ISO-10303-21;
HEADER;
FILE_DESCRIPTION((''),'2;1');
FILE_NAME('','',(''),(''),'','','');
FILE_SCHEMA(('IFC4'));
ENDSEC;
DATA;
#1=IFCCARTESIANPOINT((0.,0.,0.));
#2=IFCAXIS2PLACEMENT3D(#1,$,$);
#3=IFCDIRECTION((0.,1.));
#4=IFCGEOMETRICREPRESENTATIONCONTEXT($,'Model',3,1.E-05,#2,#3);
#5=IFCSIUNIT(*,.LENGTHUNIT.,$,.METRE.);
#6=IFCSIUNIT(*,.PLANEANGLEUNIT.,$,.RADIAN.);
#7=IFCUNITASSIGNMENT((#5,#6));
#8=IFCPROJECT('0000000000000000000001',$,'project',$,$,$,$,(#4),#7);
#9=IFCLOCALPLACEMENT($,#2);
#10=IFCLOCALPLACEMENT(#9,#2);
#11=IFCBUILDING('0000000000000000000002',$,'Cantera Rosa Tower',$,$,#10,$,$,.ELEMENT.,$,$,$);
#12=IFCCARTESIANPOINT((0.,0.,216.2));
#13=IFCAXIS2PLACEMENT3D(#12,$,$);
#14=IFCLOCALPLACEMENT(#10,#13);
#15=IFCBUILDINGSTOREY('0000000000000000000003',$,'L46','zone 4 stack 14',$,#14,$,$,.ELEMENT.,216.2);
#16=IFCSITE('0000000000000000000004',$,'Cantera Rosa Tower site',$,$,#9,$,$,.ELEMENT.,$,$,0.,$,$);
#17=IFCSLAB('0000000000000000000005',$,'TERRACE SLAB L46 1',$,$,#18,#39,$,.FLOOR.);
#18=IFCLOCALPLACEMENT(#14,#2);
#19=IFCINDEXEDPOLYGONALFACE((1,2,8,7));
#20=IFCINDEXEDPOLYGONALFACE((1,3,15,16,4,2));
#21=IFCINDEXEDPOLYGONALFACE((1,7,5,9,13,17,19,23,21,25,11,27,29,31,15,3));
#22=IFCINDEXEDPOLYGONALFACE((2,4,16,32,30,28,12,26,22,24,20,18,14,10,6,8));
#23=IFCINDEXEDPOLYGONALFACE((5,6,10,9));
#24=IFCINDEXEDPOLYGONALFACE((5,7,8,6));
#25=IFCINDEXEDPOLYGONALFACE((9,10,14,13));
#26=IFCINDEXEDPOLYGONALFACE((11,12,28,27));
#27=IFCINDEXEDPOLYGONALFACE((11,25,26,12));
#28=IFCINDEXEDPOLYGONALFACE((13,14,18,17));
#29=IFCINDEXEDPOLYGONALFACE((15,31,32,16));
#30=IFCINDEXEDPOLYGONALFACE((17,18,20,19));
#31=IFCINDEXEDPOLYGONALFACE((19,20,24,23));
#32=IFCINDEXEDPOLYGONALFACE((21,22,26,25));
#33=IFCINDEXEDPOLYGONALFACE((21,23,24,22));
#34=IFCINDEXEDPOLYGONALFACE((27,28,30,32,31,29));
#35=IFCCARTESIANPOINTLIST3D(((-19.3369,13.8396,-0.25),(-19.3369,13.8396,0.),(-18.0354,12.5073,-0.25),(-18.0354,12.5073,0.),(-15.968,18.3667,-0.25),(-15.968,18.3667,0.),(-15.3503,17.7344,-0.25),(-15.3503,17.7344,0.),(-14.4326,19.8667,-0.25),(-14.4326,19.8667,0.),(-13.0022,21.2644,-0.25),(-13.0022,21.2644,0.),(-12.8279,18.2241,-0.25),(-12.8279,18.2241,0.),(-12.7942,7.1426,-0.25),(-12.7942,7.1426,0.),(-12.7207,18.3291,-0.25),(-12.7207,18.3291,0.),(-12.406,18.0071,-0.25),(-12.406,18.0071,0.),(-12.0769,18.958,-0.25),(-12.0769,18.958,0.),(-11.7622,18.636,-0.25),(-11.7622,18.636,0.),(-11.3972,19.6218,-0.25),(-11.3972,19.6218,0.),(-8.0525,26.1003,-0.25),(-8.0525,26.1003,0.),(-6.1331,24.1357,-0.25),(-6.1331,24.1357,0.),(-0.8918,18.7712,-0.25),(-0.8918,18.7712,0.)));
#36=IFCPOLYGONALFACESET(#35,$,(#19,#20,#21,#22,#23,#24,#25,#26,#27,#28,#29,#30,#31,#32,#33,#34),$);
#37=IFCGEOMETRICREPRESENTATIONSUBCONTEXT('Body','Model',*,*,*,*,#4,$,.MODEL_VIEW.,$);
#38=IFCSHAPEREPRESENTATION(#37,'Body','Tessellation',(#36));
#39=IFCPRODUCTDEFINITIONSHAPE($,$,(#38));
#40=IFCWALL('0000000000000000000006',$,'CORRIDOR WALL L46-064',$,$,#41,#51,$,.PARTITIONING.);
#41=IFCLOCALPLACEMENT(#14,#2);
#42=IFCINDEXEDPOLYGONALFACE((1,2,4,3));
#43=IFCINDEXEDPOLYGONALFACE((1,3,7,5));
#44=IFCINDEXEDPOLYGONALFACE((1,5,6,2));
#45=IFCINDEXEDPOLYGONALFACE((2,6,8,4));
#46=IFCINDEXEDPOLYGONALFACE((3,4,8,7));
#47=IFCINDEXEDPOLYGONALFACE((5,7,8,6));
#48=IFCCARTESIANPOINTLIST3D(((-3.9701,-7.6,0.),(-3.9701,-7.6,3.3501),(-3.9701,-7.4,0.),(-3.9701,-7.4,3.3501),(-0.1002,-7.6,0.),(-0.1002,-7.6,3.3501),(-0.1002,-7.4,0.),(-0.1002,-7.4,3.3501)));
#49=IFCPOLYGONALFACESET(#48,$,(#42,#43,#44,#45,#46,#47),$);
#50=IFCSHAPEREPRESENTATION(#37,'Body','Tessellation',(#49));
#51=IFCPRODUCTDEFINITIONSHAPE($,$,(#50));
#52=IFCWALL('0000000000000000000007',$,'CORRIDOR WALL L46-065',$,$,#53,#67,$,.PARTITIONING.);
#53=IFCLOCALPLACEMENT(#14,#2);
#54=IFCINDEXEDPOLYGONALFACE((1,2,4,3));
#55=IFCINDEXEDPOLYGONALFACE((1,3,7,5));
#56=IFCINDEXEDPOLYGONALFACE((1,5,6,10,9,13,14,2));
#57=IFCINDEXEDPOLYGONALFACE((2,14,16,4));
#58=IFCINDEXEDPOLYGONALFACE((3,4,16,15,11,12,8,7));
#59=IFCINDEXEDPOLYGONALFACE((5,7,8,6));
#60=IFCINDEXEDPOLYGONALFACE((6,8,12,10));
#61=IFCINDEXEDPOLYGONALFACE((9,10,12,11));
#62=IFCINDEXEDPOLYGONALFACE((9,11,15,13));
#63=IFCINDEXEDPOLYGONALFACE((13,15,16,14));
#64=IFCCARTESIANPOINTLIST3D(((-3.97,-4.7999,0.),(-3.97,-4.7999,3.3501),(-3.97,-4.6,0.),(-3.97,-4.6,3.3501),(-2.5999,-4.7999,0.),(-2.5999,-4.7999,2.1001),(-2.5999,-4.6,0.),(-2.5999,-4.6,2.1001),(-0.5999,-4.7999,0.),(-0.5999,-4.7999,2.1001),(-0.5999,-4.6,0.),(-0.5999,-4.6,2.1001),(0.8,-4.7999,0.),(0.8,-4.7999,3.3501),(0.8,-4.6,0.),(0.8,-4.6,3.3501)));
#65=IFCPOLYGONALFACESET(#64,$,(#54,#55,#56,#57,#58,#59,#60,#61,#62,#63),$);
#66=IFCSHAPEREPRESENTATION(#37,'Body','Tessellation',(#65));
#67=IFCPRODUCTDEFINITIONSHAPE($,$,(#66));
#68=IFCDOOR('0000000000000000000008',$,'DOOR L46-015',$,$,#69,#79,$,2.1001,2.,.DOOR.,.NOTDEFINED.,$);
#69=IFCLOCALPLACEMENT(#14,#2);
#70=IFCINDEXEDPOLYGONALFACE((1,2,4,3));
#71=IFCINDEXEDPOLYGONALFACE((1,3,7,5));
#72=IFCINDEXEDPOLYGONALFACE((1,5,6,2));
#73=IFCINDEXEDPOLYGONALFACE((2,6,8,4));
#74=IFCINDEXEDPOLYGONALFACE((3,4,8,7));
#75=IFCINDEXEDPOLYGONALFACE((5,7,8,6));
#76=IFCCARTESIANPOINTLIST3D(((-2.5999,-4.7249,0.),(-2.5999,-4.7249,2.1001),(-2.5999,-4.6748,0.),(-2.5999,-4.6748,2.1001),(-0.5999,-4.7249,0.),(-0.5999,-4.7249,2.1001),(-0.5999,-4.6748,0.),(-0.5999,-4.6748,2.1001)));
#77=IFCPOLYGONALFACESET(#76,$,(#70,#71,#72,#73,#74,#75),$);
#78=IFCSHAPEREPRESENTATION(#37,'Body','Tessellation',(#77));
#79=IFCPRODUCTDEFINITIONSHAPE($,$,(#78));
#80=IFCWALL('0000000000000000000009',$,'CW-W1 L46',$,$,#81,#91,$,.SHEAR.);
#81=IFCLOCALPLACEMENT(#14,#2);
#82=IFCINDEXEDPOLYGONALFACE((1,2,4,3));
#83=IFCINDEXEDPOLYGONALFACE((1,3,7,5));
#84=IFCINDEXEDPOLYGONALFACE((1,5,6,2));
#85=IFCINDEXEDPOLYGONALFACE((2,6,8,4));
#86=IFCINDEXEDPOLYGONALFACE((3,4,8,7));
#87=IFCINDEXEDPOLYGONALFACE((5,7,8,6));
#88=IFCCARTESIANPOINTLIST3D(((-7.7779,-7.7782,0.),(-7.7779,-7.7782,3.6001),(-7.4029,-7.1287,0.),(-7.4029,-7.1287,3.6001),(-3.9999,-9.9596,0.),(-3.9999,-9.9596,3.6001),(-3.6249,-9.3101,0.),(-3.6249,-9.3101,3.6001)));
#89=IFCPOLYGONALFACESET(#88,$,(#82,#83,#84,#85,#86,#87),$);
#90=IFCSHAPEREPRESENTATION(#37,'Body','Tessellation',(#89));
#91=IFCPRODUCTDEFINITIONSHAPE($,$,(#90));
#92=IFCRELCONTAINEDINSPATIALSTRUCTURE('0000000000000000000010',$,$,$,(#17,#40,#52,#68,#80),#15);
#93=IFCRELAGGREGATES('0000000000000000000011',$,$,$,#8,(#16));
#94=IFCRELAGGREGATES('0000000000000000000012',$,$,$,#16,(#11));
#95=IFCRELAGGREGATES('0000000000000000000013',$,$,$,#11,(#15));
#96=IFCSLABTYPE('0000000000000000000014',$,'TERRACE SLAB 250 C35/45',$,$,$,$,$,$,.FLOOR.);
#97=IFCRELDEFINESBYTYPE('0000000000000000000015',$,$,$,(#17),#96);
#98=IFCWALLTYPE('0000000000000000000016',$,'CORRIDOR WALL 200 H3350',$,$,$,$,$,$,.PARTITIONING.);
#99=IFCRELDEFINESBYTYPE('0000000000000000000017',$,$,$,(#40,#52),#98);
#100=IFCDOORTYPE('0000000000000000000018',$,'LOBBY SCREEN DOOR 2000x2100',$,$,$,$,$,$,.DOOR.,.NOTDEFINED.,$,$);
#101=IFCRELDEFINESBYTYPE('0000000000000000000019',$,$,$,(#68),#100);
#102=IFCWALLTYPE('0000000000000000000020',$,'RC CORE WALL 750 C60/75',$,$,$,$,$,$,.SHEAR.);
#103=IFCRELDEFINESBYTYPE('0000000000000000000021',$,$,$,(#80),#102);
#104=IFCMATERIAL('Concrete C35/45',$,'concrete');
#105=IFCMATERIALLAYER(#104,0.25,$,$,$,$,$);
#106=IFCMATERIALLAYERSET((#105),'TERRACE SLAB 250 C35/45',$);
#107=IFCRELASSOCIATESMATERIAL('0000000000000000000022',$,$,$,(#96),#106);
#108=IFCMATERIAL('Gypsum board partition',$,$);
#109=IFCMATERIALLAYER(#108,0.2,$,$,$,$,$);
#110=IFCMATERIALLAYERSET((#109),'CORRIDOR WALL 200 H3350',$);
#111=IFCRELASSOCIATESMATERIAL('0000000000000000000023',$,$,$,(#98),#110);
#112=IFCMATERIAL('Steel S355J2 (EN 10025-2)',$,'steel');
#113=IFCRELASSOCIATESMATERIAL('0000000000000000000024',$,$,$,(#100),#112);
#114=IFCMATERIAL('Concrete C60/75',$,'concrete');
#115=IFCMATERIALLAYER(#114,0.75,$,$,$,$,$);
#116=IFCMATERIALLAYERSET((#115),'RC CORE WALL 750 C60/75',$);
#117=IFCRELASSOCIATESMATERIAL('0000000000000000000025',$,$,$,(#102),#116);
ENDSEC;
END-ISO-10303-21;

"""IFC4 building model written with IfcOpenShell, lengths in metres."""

from ifc_helpers import new_model, si_unit, direction, frame, frame_2d, origin, place, context, subcontext, project, spatial, polyline, rectangle, outline, extrude, material, layer, layer_set, type_object, element, fill, save


model = new_model("IFC4")

# Units and contexts
model_context = context("Model", 3, precision=1e-05, world=origin(), true_north=direction((0.0, 1.0)))
body_context = subcontext(model_context, "Body", "Model", "MODEL_VIEW")
ifc_project = project(units=[si_unit("LENGTHUNIT", "METRE"), si_unit("PLANEANGLEUNIT", "RADIAN")], contexts=[model_context])

# Site, building, storey
site_placement = place(None, origin())
site = spatial("IfcSite", under=ifc_project, at=site_placement, Name="Cantera Rosa Tower site", CompositionType="ELEMENT", RefElevation=0.0)
building_placement = place(site_placement, origin())
building = spatial("IfcBuilding", under=site, at=building_placement, Name="Cantera Rosa Tower", CompositionType="ELEMENT")
storey_placement = place(building_placement, frame((0.0, 0.0, 216.2)))
storey = spatial("IfcBuildingStorey", under=building, at=storey_placement, Name="L46", Description="zone 4 stack 14", CompositionType="ELEMENT", Elevation=216.2)

# Slab
ifc_material_1 = material(Name="Concrete C35/45", Category="concrete")
ifc_layer_1 = layer(ifc_material_1, 0.25)
ifc_layer_set_1 = layer_set([ifc_layer_1], Name="TERRACE SLAB 250 C35/45")
slab_type_1 = type_object("IfcSlabType", Name="TERRACE SLAB 250 C35/45", PredefinedType="FLOOR", material=ifc_layer_set_1)
slab_1_placement = place(storey_placement, frame((0.0, 0.0, -0.25)))
element("IfcSlab", 1, at=slab_1_placement, inside=storey, type_object=slab_type_1, Name="TERRACE SLAB L46 1", PredefinedType="FLOOR", context=body_context, shape_type="SweptSolid", body=[
    extrude(outline(polyline([(-19.3369, 13.8396), (-15.3503, 17.7344), (-15.968, 18.3667), (-14.4326, 19.8667), (-12.8279, 18.2241), (-12.7207, 18.3291), (-12.406, 18.0071), (-11.7622, 18.636), (-12.0769, 18.958), (-11.3972, 19.6218), (-13.0022, 21.2644), (-8.0525, 26.1003), (-6.1331, 24.1357), (-0.8918, 18.7712), (-12.7942, 7.1426), (-18.0354, 12.5073), (-19.3369, 13.8396)])), origin(), (0.0, 0.0, 1.0), 0.25),
])

# Wall
ifc_material_2 = material(Name="Gypsum board partition")
ifc_layer_2 = layer(ifc_material_2, 0.2)
ifc_layer_set_2 = layer_set([ifc_layer_2], Name="CORRIDOR WALL 200 H3350")
wall_type_1 = type_object("IfcWallType", Name="CORRIDOR WALL 200 H3350", PredefinedType="PARTITIONING", material=ifc_layer_set_2)
wall_1_placement = place(storey_placement, frame((-0.1001, -7.5, 0.0), z_axis=(0.0, 0.0, 1.0), x_axis=(-1.0, 0.0, 0.0)))
element("IfcWall", 2, at=wall_1_placement, inside=storey, type_object=wall_type_1, Name="CORRIDOR WALL L46-064", PredefinedType="PARTITIONING", context=body_context, shape_type="SweptSolid", body=[
    extrude(rectangle(XDim=3.8699, YDim=0.2, at=frame_2d((1.9351, 0.0))), origin(), (0.0, 0.0, 1.0), 3.3501),
])

# Wall, opening, door
wall_2_placement = place(storey_placement, frame((0.8, -4.7, 0.0), z_axis=(0.0, 0.0, 1.0), x_axis=(-1.0, 0.0, 0.0)))
wall_2 = element("IfcWall", 3, at=wall_2_placement, inside=storey, type_object=wall_type_1, Name="CORRIDOR WALL L46-065", PredefinedType="PARTITIONING", context=body_context, shape_type="SweptSolid", body=[
    extrude(rectangle(XDim=4.77, YDim=0.2, at=frame_2d((2.385, 0.0))), origin(), (0.0, 0.0, 1.0), 3.3501),
])
opening_1_placement = place(wall_2_placement, frame((1.3999, 0.0, 0.0)))
opening_1 = element("IfcOpeningElement", 4, at=opening_1_placement, cuts=wall_2, PredefinedType="OPENING", context=body_context, shape_type="SweptSolid", body=[
    extrude(rectangle(XDim=2.0, YDim=2.1001, at=frame_2d((1.0, 1.05))), frame((0.0, 0.1099, 0.0), z_axis=(0.0, -1.0, 0.0), x_axis=(1.0, 0.0, 0.0)), (0.0, 0.0, 1.0), 0.22),
])
ifc_material_3 = material(Name="Steel S355J2 (EN 10025-2)", Category="steel")
door_type_1 = type_object("IfcDoorType", Name="LOBBY SCREEN DOOR 2000x2100", OperationType="NOTDEFINED", PredefinedType="DOOR", material=ifc_material_3)
door_1_placement = place(opening_1_placement, origin())
door_1 = element("IfcDoor", 5, at=door_1_placement, inside=storey, type_object=door_type_1, Name="DOOR L46-015", OperationType="NOTDEFINED", OverallHeight=2.1001, OverallWidth=2.0, PredefinedType="DOOR", context=body_context, shape_type="SweptSolid", body=[
    extrude(rectangle(XDim=2.0, YDim=2.1001, at=frame_2d((1.0, 1.05))), frame((0.0, 0.0249, 0.0), z_axis=(0.0, -1.0, 0.0), x_axis=(1.0, 0.0, 0.0)), (0.0, 0.0, 1.0), 0.05),
])
fill(opening_1, door_1)

# Wall
ifc_material_4 = material(Name="Concrete C60/75", Category="concrete")
ifc_layer_3 = layer(ifc_material_4, 0.75)
ifc_layer_set_3 = layer_set([ifc_layer_3], Name="RC CORE WALL 750 C60/75")
wall_type_2 = type_object("IfcWallType", Name="RC CORE WALL 750 C60/75", PredefinedType="SHEAR", material=ifc_layer_set_3)
wall_3_placement = place(storey_placement, frame((-3.8125, -9.6348, 0.0), z_axis=(0.0, 0.0, 1.0), x_axis=(-0.866013, 0.500021, 0.0)))
element("IfcWall", 6, at=wall_3_placement, inside=storey, type_object=wall_type_2, Name="CW-W1 L46", PredefinedType="SHEAR", context=body_context, shape_type="SweptSolid", body=[
    extrude(rectangle(XDim=4.3625, YDim=0.75, at=frame_2d((2.1812, 0.0))), origin(), (0.0, 0.0, 1.0), 3.6001),
])

save(model, "model.ifc")
